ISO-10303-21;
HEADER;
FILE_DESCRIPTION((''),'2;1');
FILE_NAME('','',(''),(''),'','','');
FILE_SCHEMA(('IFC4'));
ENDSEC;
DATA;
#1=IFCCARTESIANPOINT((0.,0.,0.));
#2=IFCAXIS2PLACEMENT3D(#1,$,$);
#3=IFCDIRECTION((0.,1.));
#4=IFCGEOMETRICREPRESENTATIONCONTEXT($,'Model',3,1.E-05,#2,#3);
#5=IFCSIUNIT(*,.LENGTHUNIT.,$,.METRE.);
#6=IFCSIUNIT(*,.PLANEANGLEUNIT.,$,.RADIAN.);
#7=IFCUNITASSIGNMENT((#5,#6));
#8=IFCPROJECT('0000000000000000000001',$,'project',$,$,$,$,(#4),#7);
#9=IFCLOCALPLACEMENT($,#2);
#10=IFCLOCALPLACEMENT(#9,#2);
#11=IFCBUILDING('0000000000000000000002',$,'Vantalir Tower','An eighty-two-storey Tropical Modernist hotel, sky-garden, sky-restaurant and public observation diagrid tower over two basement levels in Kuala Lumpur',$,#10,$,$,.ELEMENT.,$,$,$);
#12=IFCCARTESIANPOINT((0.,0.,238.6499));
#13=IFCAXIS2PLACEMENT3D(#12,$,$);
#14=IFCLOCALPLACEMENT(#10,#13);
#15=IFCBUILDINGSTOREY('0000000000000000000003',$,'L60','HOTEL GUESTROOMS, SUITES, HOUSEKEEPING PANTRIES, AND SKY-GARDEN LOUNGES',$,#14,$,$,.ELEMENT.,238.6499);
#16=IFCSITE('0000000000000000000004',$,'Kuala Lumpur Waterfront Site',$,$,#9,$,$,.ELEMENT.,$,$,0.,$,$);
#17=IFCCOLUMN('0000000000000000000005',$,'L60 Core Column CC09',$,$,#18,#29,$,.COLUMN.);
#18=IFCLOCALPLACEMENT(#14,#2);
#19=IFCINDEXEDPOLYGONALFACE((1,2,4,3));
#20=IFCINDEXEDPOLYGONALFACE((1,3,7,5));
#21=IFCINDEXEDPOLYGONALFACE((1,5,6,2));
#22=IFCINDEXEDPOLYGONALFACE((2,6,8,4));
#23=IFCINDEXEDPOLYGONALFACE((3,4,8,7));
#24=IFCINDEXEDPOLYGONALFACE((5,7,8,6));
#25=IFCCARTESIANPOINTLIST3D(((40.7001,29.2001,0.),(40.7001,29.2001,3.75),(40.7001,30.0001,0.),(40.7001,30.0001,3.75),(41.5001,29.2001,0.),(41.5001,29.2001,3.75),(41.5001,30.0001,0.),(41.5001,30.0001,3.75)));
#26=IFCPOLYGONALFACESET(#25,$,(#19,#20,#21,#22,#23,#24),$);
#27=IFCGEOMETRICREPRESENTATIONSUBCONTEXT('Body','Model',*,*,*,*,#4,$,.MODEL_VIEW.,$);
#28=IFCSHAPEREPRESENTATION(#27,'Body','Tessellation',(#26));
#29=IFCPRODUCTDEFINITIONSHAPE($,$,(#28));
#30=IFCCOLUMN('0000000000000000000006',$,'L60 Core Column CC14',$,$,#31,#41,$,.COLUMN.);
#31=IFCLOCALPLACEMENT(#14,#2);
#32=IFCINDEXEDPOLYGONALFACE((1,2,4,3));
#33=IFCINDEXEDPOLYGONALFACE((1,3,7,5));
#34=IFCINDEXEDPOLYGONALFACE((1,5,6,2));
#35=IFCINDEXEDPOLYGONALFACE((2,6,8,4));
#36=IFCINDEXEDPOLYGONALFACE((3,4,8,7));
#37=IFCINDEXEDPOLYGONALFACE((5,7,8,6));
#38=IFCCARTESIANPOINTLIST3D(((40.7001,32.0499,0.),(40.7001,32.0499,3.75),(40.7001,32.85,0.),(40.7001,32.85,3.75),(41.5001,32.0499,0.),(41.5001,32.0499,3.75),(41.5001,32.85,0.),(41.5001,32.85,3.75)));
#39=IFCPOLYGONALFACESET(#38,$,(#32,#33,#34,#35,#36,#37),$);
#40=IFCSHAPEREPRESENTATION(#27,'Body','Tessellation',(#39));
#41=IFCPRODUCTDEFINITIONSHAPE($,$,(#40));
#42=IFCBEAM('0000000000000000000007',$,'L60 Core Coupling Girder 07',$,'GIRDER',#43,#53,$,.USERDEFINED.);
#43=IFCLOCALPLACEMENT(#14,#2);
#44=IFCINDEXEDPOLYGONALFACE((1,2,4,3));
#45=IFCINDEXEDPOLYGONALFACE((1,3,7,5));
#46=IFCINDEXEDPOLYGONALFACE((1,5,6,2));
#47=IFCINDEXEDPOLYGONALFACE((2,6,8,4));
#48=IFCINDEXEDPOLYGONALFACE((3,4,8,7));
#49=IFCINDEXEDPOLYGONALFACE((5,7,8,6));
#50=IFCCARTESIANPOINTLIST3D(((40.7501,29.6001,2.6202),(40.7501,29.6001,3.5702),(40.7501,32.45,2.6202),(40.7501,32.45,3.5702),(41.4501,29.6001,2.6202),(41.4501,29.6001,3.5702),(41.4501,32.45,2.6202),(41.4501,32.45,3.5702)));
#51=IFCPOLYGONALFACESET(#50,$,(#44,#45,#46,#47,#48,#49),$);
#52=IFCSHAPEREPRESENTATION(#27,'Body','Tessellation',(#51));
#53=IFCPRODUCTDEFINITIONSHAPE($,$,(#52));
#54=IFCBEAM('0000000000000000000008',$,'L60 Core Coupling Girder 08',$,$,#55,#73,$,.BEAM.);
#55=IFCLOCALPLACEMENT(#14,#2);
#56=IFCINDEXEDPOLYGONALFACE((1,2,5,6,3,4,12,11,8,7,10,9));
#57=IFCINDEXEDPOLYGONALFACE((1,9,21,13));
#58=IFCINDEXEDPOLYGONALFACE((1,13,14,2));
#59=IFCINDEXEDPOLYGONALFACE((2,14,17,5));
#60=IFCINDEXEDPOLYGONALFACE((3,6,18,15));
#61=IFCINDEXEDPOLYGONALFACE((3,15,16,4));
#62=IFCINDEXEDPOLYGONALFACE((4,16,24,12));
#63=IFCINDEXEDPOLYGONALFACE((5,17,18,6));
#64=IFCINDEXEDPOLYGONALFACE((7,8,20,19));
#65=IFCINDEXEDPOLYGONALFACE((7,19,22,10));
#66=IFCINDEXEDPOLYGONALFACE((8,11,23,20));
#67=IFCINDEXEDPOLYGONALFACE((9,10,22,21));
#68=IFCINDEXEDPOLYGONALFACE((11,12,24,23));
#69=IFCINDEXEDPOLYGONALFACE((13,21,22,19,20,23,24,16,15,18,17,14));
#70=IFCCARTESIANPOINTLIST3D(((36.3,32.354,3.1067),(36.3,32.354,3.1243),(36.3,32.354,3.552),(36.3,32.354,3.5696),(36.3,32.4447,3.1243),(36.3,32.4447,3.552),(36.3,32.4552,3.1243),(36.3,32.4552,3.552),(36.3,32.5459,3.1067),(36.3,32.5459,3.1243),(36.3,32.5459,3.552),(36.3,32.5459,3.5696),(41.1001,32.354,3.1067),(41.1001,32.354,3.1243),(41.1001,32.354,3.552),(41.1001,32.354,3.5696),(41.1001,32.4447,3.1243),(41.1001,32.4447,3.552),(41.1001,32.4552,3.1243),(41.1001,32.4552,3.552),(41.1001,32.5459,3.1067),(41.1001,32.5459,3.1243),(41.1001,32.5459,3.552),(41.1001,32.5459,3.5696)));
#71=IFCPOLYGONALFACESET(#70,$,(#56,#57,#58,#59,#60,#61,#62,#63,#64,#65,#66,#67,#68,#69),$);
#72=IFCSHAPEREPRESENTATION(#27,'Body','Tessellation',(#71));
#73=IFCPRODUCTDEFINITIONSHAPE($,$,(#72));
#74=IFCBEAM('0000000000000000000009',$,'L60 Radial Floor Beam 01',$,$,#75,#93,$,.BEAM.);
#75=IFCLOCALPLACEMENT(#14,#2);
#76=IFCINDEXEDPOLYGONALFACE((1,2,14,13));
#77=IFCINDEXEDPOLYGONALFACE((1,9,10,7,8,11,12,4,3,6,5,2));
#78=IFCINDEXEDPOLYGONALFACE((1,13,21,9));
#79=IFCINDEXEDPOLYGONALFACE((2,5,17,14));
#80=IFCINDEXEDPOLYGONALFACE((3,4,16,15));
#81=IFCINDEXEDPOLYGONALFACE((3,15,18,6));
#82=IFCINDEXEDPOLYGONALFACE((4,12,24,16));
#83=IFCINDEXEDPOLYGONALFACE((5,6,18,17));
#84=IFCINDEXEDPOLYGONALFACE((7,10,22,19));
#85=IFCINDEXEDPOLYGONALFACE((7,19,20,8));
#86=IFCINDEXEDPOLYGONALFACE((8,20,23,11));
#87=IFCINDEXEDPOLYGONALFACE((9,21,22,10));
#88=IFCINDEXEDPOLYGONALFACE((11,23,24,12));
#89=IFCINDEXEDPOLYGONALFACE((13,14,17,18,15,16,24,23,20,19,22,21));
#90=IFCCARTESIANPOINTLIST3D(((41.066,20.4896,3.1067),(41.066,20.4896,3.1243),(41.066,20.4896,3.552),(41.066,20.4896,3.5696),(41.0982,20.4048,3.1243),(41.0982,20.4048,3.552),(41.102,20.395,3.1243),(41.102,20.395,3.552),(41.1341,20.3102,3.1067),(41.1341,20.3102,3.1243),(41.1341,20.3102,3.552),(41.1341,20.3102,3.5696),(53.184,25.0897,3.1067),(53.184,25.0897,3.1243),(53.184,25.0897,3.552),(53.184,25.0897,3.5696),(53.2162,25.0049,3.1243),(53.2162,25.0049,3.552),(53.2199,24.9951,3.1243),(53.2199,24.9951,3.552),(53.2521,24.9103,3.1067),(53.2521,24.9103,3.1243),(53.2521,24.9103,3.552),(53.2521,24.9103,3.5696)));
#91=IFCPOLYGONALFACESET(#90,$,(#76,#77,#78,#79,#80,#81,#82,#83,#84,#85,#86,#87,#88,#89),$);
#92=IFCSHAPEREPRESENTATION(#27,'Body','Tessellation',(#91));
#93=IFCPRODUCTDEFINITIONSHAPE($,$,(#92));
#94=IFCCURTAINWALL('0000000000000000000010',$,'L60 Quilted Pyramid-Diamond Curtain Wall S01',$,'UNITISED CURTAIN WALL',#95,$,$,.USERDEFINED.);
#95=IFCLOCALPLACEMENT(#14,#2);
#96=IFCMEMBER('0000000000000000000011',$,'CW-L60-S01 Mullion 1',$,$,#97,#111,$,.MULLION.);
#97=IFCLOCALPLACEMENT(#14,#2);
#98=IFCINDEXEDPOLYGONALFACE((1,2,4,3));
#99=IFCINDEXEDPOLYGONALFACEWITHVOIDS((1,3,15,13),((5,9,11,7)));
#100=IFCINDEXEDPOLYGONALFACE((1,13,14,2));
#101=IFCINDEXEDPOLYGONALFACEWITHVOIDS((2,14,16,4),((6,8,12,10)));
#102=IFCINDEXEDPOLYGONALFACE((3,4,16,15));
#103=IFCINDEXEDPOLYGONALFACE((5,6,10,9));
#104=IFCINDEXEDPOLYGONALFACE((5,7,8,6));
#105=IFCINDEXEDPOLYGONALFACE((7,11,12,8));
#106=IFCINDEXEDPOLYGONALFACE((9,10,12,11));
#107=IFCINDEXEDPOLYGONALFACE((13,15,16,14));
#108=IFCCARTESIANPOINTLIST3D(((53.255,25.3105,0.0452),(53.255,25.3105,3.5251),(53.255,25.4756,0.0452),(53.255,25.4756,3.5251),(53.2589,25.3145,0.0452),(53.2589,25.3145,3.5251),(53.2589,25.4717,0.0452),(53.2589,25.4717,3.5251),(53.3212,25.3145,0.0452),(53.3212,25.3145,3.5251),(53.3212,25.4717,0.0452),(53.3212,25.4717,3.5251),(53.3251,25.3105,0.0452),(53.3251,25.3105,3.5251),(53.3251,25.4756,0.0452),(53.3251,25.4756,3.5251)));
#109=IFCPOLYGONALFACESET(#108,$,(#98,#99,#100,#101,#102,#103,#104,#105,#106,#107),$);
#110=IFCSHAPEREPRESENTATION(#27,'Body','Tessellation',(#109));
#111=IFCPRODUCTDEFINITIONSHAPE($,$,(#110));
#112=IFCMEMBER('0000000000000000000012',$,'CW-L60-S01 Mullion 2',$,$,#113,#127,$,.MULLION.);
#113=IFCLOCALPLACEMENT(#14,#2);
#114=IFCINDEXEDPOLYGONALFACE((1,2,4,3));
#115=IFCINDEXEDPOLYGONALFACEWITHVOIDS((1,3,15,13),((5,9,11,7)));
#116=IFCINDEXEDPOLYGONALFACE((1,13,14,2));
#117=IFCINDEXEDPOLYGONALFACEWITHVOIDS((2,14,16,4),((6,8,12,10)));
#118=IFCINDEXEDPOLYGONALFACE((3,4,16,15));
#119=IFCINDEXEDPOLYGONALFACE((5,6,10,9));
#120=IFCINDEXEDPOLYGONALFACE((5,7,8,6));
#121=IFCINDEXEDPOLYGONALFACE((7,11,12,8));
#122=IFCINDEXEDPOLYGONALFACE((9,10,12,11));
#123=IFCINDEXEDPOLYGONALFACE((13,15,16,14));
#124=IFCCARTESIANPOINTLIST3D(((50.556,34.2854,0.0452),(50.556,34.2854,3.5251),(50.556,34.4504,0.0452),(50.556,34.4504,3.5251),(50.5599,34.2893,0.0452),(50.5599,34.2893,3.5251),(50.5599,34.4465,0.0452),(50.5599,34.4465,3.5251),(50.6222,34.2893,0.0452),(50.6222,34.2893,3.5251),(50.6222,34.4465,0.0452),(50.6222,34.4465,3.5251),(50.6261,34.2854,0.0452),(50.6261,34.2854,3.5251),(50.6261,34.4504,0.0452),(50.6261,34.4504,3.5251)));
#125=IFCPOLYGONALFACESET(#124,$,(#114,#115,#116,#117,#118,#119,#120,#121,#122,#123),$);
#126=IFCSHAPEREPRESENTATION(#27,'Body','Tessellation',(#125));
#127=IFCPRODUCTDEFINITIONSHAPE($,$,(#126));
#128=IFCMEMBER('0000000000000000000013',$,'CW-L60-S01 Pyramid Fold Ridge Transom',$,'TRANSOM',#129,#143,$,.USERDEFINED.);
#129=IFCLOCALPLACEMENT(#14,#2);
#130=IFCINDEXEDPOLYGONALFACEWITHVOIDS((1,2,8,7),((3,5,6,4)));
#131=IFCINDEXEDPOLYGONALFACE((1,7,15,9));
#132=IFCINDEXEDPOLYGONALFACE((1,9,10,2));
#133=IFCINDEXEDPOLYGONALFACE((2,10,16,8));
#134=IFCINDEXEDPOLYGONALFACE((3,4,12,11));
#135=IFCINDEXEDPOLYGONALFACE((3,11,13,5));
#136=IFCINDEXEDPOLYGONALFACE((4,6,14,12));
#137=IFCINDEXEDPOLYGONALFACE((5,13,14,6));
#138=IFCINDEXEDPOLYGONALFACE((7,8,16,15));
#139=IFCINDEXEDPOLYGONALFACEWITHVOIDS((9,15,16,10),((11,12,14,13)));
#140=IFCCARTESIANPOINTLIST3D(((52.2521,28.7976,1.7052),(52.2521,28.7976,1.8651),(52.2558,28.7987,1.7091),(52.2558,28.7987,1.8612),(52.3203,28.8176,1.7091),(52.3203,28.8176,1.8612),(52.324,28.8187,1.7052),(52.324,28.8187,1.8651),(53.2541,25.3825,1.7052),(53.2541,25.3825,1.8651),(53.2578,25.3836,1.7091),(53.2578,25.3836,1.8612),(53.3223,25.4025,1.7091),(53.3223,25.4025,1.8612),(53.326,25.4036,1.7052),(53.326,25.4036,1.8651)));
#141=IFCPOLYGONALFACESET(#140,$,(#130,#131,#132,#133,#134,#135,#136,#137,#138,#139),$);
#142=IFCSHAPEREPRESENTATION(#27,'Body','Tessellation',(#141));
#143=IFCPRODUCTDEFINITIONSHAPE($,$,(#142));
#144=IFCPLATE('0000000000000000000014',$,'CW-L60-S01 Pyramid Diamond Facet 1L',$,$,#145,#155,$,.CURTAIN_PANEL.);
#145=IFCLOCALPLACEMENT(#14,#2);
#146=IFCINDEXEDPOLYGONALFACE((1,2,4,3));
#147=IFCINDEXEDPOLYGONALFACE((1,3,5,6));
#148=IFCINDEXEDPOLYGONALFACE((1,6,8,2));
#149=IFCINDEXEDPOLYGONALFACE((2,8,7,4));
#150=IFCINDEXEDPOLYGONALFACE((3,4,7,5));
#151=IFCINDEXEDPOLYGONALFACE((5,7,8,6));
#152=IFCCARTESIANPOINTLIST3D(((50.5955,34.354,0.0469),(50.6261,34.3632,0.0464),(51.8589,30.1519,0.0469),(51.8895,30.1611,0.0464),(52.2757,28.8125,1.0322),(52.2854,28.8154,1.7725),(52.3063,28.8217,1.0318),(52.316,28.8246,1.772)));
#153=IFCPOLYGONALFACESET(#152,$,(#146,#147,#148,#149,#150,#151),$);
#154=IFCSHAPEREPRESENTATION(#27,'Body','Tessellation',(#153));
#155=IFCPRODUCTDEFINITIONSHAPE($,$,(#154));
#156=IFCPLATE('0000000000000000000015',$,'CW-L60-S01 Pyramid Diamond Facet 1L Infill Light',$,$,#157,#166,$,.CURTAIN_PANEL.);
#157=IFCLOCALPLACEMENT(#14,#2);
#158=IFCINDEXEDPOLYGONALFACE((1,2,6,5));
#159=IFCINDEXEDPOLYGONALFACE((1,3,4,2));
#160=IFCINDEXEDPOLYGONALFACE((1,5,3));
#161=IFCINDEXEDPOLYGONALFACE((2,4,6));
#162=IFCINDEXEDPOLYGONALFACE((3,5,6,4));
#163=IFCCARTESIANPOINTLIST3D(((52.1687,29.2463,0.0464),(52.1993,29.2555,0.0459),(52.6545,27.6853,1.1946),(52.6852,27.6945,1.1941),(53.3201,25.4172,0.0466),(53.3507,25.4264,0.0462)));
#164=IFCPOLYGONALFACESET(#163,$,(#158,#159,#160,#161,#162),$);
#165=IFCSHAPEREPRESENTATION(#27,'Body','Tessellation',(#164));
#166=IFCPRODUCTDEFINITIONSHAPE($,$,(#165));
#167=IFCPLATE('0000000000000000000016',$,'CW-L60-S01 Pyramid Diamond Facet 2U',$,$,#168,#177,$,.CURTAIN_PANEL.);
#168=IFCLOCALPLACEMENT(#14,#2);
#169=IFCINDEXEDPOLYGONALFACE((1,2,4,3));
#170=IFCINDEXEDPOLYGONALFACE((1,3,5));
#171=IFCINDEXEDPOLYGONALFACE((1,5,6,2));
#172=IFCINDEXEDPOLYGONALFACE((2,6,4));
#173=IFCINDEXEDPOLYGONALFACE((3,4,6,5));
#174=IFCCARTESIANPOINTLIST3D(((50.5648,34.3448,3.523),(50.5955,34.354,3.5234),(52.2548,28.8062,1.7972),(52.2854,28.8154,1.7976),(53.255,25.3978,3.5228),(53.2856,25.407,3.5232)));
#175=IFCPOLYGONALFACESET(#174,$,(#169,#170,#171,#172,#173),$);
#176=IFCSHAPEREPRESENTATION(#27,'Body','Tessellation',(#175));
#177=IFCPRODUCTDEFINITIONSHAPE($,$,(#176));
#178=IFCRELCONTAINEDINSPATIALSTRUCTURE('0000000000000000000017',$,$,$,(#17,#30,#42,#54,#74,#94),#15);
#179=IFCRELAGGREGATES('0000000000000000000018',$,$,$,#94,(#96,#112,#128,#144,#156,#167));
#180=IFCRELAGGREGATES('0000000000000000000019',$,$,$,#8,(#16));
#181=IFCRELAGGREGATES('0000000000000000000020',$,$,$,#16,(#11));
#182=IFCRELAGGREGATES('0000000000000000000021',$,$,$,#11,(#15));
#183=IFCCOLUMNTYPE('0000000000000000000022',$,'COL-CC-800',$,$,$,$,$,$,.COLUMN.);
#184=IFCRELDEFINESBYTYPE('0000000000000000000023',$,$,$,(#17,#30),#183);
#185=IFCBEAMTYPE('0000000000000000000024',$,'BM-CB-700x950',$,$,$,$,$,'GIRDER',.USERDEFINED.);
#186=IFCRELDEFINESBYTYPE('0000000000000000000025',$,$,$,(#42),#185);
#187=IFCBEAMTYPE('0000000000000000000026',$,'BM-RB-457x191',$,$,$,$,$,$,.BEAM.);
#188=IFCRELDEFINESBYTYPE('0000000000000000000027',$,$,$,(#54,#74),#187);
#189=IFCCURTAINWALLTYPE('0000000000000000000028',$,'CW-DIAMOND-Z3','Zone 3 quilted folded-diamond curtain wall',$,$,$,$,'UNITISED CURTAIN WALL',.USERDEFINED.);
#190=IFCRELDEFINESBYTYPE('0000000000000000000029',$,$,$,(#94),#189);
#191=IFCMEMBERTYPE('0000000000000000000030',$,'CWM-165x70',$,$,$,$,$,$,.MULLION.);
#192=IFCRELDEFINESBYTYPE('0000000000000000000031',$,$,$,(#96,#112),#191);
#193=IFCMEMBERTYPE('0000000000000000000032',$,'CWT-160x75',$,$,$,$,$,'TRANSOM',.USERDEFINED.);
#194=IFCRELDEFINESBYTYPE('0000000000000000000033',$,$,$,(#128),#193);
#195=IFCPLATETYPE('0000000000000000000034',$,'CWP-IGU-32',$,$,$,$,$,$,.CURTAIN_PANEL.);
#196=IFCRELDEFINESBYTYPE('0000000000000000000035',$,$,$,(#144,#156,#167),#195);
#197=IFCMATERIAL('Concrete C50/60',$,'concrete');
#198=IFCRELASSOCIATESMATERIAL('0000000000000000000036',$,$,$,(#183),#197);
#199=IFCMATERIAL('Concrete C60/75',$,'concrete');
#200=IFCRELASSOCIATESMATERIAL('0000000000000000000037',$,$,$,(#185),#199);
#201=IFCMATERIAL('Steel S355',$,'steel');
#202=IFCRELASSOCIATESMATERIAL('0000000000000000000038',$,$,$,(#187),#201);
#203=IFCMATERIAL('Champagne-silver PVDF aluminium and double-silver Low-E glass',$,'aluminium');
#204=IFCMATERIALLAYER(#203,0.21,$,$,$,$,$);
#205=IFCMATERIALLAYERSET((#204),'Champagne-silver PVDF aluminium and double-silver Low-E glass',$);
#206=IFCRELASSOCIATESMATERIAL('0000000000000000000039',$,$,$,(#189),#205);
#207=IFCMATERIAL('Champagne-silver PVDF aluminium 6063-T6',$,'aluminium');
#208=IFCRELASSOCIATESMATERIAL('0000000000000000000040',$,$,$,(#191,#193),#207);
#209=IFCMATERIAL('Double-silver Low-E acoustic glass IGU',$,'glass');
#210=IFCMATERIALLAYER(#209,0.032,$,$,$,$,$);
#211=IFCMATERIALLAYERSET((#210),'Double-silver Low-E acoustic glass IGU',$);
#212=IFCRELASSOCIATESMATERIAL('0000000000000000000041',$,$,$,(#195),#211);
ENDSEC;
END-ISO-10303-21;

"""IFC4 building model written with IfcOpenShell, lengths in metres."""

from ifc_helpers import new_model, si_unit, direction, frame, origin, origin_2d, place, context, subcontext, project, spatial, polyline, rectangle, hollow_rectangle, i_section, outline, extrude, material, layer, layer_set, material_profile, profile_set, type_object, element, aggregate, save


model = new_model("IFC4")

# Units and contexts
model_context = context("Model", 3, precision=1e-05, world=origin(), true_north=direction((0.0, 1.0)))
body_context = subcontext(model_context, "Body", "Model", "MODEL_VIEW")
ifc_project = project(units=[si_unit("LENGTHUNIT", "METRE"), si_unit("PLANEANGLEUNIT", "RADIAN")], contexts=[model_context])

# Site, building, storey
site_placement = place(None, origin())
site = spatial("IfcSite", under=ifc_project, at=site_placement, Name="Kuala Lumpur Waterfront Site", CompositionType="ELEMENT", RefElevation=0.0)
building_placement = place(site_placement, origin())
building = spatial("IfcBuilding", under=site, at=building_placement, Name="Vantalir Tower", Description="An eighty-two-storey Tropical Modernist hotel, sky-garden, sky-restaurant and public observation diagrid tower over two basement levels in Kuala Lumpur", CompositionType="ELEMENT")
storey_placement = place(building_placement, frame((0.0, 0.0, 238.6499)))
storey = spatial("IfcBuildingStorey", under=building, at=storey_placement, Name="L60", Description="HOTEL GUESTROOMS, SUITES, HOUSEKEEPING PANTRIES, AND SKY-GARDEN LOUNGES", CompositionType="ELEMENT", Elevation=238.6499)

# Columns
ifc_material_1 = material(Name="Concrete C50/60", Category="concrete")
ifc_material_profile_1 = material_profile(ifc_material_1, rectangle(XDim=0.8, YDim=0.8, at=origin_2d()), Name="Concrete C50/60")
ifc_profile_set_1 = profile_set([ifc_material_profile_1], Name="Concrete C50/60")
column_type = type_object("IfcColumnType", Name="COL-CC-800", PredefinedType="COLUMN", material=ifc_profile_set_1)
for number, where, z_axis, x_axis, name in (
    (1, (41.1001, 29.6001, 0.0), (0.0, 0.0, 1.0), (1.0, 0.0, 0.0), "L60 Core Column CC09"),
    (2, (41.1001, 32.45, 0.0), (0.0, 0.0, 1.0), (1.0, 0.0, 0.0), "L60 Core Column CC14"),
):
    element("IfcColumn", number, at=place(storey_placement, frame(where, z_axis=z_axis, x_axis=x_axis)), inside=storey, type_object=column_type, Name=name, PredefinedType="COLUMN", context=body_context, shape_type="SweptSolid", body=[
        extrude(rectangle(XDim=0.8, YDim=0.8, at=origin_2d()), origin(), (0.0, 0.0, 1.0), 3.75),
    ])

# Beams
ifc_material_2 = material(Name="Concrete C60/75", Category="concrete")
ifc_material_profile_2 = material_profile(ifc_material_2, rectangle(XDim=0.7, YDim=0.95, at=origin_2d()), Name="Concrete C60/75")
ifc_profile_set_2 = profile_set([ifc_material_profile_2], Name="Concrete C60/75")
beam_type_1 = type_object("IfcBeamType", Name="BM-CB-700x950", ElementType="GIRDER", PredefinedType="USERDEFINED", material=ifc_profile_set_2)
beam_1_placement = place(storey_placement, frame((41.1001, 29.6001, 3.0952), z_axis=(0.0, 1.0, 0.0), x_axis=(-1.0, 0.0, 0.0)))
element("IfcBeam", 3, at=beam_1_placement, inside=storey, type_object=beam_type_1, Name="L60 Core Coupling Girder 07", ObjectType="GIRDER", PredefinedType="USERDEFINED", context=body_context, shape_type="SweptSolid", body=[
    extrude(rectangle(XDim=0.7, YDim=0.95, at=origin_2d()), origin(), (0.0, 0.0, 1.0), 2.8499),
])
ifc_material_3 = material(Name="Steel S355", Category="steel")
ifc_material_profile_3 = material_profile(ifc_material_3, i_section(OverallWidth=0.1919, OverallDepth=0.4629, WebThickness=0.0105, FlangeThickness=0.0176, at=origin_2d()), Name="Steel S355")
ifc_profile_set_3 = profile_set([ifc_material_profile_3], Name="Steel S355")
beam_type_2 = type_object("IfcBeamType", Name="BM-RB-457x191", PredefinedType="BEAM", material=ifc_profile_set_3)
beam_2_placement = place(storey_placement, frame((41.1001, 32.45, 3.3381), z_axis=(-1.0, 0.0, 0.0), x_axis=(0.0, -1.0, 0.0)))
element("IfcBeam", 4, at=beam_2_placement, inside=storey, type_object=beam_type_2, Name="L60 Core Coupling Girder 08", PredefinedType="BEAM", context=body_context, shape_type="SweptSolid", body=[
    extrude(i_section(OverallWidth=0.1919, OverallDepth=0.4629, WebThickness=0.0105, FlangeThickness=0.0176, at=origin_2d()), origin(), (0.0, 0.0, 1.0), 4.8),
])
beam_3_placement = place(storey_placement, frame((53.218, 25.0, 3.3381), z_axis=(-0.934904, -0.3549, 0.0), x_axis=(0.3549, -0.934904, 0.0)))
element("IfcBeam", 5, at=beam_3_placement, inside=storey, type_object=beam_type_2, Name="L60 Radial Floor Beam 01", PredefinedType="BEAM", context=body_context, shape_type="SweptSolid", body=[
    extrude(i_section(OverallWidth=0.1919, OverallDepth=0.4629, WebThickness=0.0105, FlangeThickness=0.0176, at=origin_2d()), origin(), (0.0, 0.0, 1.0), 12.9617),
])

# Curtain wall, members, plates
ifc_material_4 = material(Name="Champagne-silver PVDF aluminium and double-silver Low-E glass", Category="aluminium")
ifc_layer_1 = layer(ifc_material_4, 0.21)
ifc_layer_set_1 = layer_set([ifc_layer_1], Name="Champagne-silver PVDF aluminium and double-silver Low-E glass")
curtain_wall_type = type_object("IfcCurtainWallType", Name="CW-DIAMOND-Z3", Description="Zone 3 quilted folded-diamond curtain wall", ElementType="UNITISED CURTAIN WALL", PredefinedType="USERDEFINED", material=ifc_layer_set_1)
curtain_wall_placement = place(storey_placement, origin())
curtain_wall = element("IfcCurtainWall", 6, at=curtain_wall_placement, inside=storey, type_object=curtain_wall_type, Name="L60 Quilted Pyramid-Diamond Curtain Wall S01", ObjectType="UNITISED CURTAIN WALL", PredefinedType="USERDEFINED")
ifc_material_5 = material(Name="Champagne-silver PVDF aluminium 6063-T6", Category="aluminium")
ifc_material_profile_4 = material_profile(ifc_material_5, hollow_rectangle(XDim=0.0701, YDim=0.165, WallThickness=0.0039, at=origin_2d()), Name="Champagne-silver PVDF aluminium 6063-T6")
ifc_profile_set_4 = profile_set([ifc_material_profile_4], Name="Champagne-silver PVDF aluminium 6063-T6")
member_type_1 = type_object("IfcMemberType", Name="CWM-165x70", PredefinedType="MULLION", material=ifc_profile_set_4)
member_1_placement = place(storey_placement, frame((53.29, 25.3931, 0.0452), z_axis=(0.0, 0.0, 1.0), x_axis=(1.0, 0.0, 0.0)))
member_1 = element("IfcMember", 7, at=member_1_placement, type_object=member_type_1, Name="CW-L60-S01 Mullion 1", PredefinedType="MULLION", context=body_context, shape_type="SweptSolid", body=[
    extrude(hollow_rectangle(XDim=0.0701, YDim=0.165, WallThickness=0.0039, at=origin_2d()), origin(), (0.0, 0.0, 1.0), 3.48),
])
member_2_placement = place(storey_placement, frame((50.5911, 34.3679, 0.0452), z_axis=(0.0, 0.0, 1.0), x_axis=(1.0, 0.0, 0.0)))
member_2 = element("IfcMember", 8, at=member_2_placement, type_object=member_type_1, Name="CW-L60-S01 Mullion 2", PredefinedType="MULLION", context=body_context, shape_type="SweptSolid", body=[
    extrude(hollow_rectangle(XDim=0.0701, YDim=0.165, WallThickness=0.0039, at=origin_2d()), origin(), (0.0, 0.0, 1.0), 3.48),
])
ifc_material_profile_5 = material_profile(ifc_material_5, hollow_rectangle(XDim=0.075, YDim=0.1599, WallThickness=0.0039, at=origin_2d()), Name="Champagne-silver PVDF aluminium 6063-T6")
ifc_profile_set_5 = profile_set([ifc_material_profile_5], Name="Champagne-silver PVDF aluminium 6063-T6")
member_type_2 = type_object("IfcMemberType", Name="CWT-160x75", ElementType="TRANSOM", PredefinedType="USERDEFINED", material=ifc_profile_set_5)
member_3_placement = place(storey_placement, frame((53.29, 25.3931, 1.7852), z_axis=(-0.281527, 0.959553, 0.0), x_axis=(-0.959553, -0.281527, 0.0)))
member_3 = element("IfcMember", 9, at=member_3_placement, type_object=member_type_2, Name="CW-L60-S01 Pyramid Fold Ridge Transom", ObjectType="TRANSOM", PredefinedType="USERDEFINED", context=body_context, shape_type="SweptSolid", body=[
    extrude(hollow_rectangle(XDim=0.075, YDim=0.1599, WallThickness=0.0039, at=origin_2d()), origin(), (0.0, 0.0, 1.0), 3.5591),
])
ifc_material_6 = material(Name="Double-silver Low-E acoustic glass IGU", Category="glass")
ifc_layer_2 = layer(ifc_material_6, 0.032)
ifc_layer_set_2 = layer_set([ifc_layer_2], Name="Double-silver Low-E acoustic glass IGU")
plate_type_1 = type_object("IfcPlateType", Name="CWP-IGU-32", PredefinedType="CURTAIN_PANEL", material=ifc_layer_set_2)
plate_1_placement = place(storey_placement, frame((51.8589, 30.1519, 0.0469), z_axis=(-0.957564, -0.287893, 0.013715), x_axis=(-0.28792, 0.957654, 0.0)))
plate_1 = element("IfcPlate", 10, at=plate_1_placement, type_object=plate_type_1, Name="CW-L60-S01 Pyramid Diamond Facet 1L", PredefinedType="CURTAIN_PANEL", context=body_context, shape_type="SweptSolid", body=[
    extrude(outline(polyline([(0.0, 0.0), (4.388, 0.0), (-1.4026, -1.7257), (-1.4026, -0.9854), (0.0, 0.0)])), origin(), (0.0, 0.0, -1.0), 0.032),
])
plate_2_placement = place(storey_placement, frame((53.3201, 25.4172, 0.0466), z_axis=(-0.957555, -0.287925, 0.013724), x_axis=(-0.287953, 0.957645, -0.000061)))
plate_2 = element("IfcPlate", 11, at=plate_2_placement, type_object=plate_type_1, Name="CW-L60-S01 Pyramid Diamond Facet 1L Infill Light", PredefinedType="CURTAIN_PANEL", context=body_context, shape_type="SweptSolid", body=[
    extrude(outline(polyline([(0.0, 0.0), (3.9985, 0.0), (2.3636, -1.1482), (0.0, 0.0)])), origin(), (0.0, 0.0, -1.0), 0.032),
])
plate_3_placement = place(storey_placement, frame((50.5955, 34.354, 3.5234), z_axis=(0.957558, 0.287918, 0.013654), x_axis=(0.287945, -0.957647, -0.000026)))
plate_3 = element("IfcPlate", 12, at=plate_3_placement, type_object=plate_type_1, Name="CW-L60-S01 Pyramid Diamond Facet 2U", PredefinedType="CURTAIN_PANEL", context=body_context, shape_type="SweptSolid", body=[
    extrude(outline(polyline([(0.0, 0.0), (9.3427, 0.0), (5.7907, 1.7258), (0.0, 0.0)])), origin(), (0.0, 0.0, -1.0), 0.032),
])
aggregate(curtain_wall, [member_1, member_2, member_3, plate_1, plate_2, plate_3])

save(model, "model.ifc")
